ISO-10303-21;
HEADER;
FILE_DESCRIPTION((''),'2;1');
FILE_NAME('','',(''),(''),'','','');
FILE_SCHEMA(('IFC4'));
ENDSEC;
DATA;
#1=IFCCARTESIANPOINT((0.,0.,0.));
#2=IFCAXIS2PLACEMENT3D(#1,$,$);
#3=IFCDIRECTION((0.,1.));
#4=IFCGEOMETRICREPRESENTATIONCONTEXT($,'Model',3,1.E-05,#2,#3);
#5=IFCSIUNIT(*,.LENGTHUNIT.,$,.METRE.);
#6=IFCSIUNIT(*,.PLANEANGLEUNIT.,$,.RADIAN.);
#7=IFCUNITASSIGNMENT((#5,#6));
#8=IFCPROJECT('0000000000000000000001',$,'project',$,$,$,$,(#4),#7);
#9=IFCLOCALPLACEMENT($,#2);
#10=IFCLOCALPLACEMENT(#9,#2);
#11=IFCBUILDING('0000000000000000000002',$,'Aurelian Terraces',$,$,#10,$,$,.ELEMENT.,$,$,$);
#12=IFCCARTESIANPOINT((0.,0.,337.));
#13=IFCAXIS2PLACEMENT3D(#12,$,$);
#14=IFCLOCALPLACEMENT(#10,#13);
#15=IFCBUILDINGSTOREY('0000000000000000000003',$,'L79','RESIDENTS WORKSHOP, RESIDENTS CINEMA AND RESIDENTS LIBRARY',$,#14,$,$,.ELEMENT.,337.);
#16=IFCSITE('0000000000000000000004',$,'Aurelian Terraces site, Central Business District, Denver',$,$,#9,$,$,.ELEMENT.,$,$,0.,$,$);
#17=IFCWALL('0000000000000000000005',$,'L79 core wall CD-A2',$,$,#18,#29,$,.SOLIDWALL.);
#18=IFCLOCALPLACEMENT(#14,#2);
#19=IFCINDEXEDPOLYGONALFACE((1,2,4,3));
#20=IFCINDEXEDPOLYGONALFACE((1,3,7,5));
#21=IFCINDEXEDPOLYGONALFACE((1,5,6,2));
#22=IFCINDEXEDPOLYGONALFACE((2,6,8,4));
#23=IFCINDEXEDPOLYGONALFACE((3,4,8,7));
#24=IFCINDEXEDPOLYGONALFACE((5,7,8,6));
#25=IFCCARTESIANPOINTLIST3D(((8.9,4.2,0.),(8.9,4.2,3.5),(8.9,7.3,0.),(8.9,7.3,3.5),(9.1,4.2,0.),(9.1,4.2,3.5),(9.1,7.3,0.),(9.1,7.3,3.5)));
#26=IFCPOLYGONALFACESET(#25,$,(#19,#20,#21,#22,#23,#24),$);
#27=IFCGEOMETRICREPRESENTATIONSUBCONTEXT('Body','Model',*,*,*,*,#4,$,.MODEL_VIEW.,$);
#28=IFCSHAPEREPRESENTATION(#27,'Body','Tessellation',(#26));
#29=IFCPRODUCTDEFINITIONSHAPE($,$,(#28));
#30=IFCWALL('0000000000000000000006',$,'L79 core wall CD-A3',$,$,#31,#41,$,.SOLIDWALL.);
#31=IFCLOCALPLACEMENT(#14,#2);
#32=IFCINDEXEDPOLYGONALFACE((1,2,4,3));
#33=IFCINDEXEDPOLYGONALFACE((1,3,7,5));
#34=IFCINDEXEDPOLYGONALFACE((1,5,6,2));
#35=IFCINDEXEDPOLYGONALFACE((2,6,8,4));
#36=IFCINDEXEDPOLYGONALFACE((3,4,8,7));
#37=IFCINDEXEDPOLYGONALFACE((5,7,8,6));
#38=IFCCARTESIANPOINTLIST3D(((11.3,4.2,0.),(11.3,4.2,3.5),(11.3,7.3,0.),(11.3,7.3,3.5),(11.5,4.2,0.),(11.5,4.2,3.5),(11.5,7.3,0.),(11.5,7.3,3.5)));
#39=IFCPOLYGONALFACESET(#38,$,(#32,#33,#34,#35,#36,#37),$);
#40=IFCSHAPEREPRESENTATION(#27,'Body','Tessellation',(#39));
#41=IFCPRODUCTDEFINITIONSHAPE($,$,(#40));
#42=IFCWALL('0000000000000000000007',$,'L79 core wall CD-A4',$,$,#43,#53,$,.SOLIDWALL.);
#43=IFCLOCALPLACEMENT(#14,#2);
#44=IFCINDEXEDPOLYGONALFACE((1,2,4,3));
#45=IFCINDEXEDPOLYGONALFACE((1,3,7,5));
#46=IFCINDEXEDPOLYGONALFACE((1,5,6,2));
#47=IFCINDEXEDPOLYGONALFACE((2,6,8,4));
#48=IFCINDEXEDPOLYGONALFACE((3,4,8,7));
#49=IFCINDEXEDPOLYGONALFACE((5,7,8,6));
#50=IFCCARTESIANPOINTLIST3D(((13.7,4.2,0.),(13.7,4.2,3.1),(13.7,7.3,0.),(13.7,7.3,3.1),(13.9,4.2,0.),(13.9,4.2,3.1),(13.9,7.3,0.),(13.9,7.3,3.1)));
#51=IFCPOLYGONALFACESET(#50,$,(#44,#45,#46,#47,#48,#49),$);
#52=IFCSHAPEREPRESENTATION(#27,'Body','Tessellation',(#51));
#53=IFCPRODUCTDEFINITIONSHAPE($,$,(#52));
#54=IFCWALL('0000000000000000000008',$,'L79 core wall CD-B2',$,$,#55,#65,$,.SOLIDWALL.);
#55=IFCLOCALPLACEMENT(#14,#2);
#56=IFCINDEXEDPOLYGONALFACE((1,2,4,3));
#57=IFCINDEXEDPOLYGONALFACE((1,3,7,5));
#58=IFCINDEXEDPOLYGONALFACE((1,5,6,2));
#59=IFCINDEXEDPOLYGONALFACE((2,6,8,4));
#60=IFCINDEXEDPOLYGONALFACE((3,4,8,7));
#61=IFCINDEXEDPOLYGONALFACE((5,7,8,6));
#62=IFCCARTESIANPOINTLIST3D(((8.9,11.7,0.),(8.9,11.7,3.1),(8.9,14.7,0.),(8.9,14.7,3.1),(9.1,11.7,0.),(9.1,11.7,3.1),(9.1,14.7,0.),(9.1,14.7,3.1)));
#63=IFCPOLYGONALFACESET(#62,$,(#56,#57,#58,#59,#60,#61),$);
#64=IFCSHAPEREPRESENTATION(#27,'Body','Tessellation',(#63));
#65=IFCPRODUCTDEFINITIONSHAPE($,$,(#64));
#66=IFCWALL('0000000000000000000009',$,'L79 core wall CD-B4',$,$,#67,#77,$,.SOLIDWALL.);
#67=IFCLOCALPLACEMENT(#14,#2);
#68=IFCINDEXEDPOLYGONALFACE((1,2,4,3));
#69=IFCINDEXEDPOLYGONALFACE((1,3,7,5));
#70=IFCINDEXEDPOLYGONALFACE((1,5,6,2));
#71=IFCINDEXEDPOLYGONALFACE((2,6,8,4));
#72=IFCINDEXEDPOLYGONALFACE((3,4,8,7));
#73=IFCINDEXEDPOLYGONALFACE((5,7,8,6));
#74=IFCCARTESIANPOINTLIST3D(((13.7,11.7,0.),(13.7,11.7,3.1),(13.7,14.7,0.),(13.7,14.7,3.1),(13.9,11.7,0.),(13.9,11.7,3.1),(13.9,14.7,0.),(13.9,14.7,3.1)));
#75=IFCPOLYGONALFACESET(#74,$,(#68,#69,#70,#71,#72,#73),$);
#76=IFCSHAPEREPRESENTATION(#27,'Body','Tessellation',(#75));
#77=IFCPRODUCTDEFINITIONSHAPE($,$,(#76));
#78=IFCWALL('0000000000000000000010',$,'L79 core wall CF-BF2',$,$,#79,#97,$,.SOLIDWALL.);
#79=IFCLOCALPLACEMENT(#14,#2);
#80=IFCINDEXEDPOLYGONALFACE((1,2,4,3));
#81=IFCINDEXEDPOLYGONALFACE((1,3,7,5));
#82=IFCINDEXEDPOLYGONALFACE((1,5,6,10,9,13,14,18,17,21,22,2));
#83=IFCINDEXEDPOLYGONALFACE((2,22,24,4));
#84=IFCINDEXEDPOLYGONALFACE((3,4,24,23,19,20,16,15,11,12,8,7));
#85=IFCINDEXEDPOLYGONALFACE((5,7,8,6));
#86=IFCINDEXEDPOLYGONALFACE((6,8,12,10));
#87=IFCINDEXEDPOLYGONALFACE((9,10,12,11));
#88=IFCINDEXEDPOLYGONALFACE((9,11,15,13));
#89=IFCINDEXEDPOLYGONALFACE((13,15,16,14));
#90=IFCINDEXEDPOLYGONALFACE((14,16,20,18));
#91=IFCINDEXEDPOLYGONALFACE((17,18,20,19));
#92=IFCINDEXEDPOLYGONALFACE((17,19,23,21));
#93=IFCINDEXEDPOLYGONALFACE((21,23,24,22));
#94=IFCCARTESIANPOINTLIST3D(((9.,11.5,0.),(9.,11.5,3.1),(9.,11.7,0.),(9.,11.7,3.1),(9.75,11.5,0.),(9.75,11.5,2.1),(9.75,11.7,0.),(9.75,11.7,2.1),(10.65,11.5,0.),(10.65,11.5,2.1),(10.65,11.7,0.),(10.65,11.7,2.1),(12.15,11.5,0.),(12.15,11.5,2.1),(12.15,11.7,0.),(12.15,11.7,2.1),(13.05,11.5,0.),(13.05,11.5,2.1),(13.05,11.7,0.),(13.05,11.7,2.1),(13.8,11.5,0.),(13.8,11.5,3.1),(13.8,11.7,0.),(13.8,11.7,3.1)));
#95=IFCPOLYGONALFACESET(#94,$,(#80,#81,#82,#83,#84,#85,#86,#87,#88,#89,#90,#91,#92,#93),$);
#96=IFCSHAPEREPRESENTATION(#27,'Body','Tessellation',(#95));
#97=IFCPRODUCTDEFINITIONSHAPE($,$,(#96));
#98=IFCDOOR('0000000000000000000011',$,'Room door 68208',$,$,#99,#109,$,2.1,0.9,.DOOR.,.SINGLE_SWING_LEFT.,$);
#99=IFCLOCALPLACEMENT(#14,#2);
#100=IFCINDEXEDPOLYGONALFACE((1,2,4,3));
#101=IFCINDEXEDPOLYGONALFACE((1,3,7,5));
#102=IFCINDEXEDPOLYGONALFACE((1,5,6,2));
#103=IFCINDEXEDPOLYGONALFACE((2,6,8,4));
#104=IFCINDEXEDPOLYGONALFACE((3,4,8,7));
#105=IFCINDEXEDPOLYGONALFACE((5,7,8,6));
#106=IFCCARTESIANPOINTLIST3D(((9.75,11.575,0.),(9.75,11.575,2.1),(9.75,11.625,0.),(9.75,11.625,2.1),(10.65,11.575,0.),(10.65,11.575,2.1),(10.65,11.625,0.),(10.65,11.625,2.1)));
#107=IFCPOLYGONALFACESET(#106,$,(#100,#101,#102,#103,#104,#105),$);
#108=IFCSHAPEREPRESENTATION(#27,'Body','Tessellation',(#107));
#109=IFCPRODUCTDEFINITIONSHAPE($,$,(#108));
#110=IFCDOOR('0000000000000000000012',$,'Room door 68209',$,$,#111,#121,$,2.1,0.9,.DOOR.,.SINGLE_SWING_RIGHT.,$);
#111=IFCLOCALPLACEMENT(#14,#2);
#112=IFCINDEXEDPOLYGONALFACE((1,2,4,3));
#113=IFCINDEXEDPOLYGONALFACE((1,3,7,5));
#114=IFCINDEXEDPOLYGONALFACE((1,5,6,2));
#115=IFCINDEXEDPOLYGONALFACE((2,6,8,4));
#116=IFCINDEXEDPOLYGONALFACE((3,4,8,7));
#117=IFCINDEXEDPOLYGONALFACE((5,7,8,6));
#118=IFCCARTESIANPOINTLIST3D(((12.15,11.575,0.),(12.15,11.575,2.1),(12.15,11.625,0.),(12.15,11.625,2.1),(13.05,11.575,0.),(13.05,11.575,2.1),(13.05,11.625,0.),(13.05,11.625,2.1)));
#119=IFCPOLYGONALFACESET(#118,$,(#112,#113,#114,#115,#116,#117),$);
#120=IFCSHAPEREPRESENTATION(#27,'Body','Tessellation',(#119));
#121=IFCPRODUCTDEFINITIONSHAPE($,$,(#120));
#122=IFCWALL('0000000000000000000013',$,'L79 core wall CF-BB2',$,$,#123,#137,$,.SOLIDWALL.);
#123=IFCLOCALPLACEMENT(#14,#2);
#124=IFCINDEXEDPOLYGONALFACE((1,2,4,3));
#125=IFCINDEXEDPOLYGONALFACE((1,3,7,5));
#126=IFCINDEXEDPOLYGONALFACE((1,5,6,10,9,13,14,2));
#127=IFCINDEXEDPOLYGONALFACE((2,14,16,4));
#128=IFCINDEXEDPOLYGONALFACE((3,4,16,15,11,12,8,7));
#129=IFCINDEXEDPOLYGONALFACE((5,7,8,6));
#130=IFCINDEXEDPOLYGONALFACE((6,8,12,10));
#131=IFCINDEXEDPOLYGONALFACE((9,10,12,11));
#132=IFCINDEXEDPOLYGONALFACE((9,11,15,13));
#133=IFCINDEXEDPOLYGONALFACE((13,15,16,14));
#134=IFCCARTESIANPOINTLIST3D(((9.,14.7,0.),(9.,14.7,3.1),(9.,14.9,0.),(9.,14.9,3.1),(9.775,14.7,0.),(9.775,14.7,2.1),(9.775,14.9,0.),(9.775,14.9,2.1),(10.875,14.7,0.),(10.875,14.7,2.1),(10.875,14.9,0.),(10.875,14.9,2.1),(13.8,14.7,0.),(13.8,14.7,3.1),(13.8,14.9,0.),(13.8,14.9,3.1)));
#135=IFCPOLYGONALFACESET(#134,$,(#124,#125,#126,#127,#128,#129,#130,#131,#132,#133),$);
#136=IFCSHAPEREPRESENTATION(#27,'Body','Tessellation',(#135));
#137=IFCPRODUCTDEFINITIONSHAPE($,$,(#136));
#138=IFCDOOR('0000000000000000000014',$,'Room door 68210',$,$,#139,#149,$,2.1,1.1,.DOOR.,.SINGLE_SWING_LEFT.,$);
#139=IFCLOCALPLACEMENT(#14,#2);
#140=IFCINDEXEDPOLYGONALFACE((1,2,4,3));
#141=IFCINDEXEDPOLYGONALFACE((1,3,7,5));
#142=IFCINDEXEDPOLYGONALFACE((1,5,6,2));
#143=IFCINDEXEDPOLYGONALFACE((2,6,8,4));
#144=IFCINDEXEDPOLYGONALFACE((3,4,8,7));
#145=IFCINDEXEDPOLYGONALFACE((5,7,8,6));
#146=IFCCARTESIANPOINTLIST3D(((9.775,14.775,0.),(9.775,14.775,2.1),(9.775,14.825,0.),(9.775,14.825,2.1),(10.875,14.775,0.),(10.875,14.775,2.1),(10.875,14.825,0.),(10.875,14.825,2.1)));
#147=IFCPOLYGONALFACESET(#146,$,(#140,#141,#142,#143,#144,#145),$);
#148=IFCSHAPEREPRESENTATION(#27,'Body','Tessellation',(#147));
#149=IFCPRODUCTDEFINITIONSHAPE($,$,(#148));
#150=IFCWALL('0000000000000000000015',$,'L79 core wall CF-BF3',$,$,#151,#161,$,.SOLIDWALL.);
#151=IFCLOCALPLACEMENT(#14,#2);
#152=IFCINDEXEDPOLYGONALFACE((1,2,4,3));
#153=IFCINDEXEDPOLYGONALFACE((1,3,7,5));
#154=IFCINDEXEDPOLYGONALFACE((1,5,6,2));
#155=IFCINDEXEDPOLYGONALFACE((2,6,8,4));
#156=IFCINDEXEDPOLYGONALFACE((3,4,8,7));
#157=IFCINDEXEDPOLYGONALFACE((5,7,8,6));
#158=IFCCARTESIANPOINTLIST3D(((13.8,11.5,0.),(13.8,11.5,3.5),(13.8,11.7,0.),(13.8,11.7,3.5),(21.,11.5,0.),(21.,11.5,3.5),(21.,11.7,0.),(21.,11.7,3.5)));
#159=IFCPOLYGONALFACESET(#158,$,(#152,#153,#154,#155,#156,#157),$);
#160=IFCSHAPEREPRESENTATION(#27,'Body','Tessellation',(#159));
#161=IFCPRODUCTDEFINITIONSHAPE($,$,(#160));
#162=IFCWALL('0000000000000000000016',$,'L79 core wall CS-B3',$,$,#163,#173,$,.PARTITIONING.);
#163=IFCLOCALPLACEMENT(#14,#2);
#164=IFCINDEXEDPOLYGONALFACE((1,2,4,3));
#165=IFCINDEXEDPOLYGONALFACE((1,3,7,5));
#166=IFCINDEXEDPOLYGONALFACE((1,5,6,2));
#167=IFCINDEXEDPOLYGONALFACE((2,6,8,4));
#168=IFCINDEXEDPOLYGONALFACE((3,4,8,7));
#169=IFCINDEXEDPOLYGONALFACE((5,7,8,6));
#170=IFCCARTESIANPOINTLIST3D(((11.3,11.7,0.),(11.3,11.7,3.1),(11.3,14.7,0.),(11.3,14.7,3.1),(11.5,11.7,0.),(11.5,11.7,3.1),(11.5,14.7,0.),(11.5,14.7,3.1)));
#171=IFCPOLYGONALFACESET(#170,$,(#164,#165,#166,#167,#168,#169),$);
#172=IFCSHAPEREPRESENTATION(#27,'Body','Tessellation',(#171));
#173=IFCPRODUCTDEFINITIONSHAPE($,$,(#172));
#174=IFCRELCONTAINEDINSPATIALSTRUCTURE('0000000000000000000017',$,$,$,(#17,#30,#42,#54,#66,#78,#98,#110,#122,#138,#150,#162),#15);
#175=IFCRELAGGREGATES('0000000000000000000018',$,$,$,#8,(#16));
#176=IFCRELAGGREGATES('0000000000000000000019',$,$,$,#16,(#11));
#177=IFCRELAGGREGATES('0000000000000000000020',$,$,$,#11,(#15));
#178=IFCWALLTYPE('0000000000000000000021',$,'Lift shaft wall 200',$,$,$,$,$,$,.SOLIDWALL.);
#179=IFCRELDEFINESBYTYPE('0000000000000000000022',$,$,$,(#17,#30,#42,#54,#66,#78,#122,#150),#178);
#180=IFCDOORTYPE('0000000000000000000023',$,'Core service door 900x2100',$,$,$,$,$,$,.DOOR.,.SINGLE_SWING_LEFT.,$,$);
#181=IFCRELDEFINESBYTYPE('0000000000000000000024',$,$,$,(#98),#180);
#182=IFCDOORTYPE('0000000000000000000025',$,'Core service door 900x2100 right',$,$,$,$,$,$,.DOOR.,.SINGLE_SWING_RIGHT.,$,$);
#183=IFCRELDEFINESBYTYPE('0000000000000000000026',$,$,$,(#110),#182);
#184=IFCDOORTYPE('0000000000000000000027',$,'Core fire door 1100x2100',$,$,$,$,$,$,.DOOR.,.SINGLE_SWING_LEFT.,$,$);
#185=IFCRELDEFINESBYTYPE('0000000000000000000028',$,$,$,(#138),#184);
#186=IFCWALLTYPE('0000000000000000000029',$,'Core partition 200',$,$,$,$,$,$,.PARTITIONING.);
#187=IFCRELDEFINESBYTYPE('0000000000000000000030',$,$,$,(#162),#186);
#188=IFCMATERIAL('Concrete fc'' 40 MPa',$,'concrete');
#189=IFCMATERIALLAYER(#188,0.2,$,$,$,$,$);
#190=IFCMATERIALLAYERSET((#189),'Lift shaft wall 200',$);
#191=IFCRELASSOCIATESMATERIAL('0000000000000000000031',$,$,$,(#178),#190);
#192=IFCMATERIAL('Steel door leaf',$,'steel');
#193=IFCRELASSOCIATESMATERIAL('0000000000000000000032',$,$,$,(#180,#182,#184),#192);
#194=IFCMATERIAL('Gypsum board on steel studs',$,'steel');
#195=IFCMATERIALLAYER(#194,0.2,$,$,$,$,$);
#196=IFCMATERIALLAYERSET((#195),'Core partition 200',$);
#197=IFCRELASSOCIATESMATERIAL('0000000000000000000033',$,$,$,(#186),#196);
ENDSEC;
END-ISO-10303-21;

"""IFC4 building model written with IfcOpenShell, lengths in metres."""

from ifc_helpers import new_model, si_unit, direction, frame, frame_2d, origin, place, context, subcontext, project, spatial, rectangle, extrude, source, transform, mapped, material, layer, layer_set, type_object, element, fill, save


model = new_model("IFC4")

# Units and contexts
model_context = context("Model", 3, precision=1e-05, world=origin(), true_north=direction((0.0, 1.0)))
body_context = subcontext(model_context, "Body", "Model", "MODEL_VIEW")
ifc_project = project(units=[si_unit("LENGTHUNIT", "METRE"), si_unit("PLANEANGLEUNIT", "RADIAN")], contexts=[model_context])

# Site, building, storey
site_placement = place(None, origin())
site = spatial("IfcSite", under=ifc_project, at=site_placement, Name="Aurelian Terraces site, Central Business District, Denver", CompositionType="ELEMENT", RefElevation=0.0)
building_placement = place(site_placement, origin())
building = spatial("IfcBuilding", under=site, at=building_placement, Name="Aurelian Terraces", CompositionType="ELEMENT")
storey_placement = place(building_placement, frame((0.0, 0.0, 337.0)))
storey = spatial("IfcBuildingStorey", under=building, at=storey_placement, Name="L79", Description="RESIDENTS WORKSHOP, RESIDENTS CINEMA AND RESIDENTS LIBRARY", CompositionType="ELEMENT", Elevation=337.0)

# Walls
ifc_material_1 = material(Name="Concrete fc' 40 MPa", Category="concrete")
ifc_layer_1 = layer(ifc_material_1, 0.2)
ifc_layer_set_1 = layer_set([ifc_layer_1], Name="Lift shaft wall 200")
wall_type_1 = type_object("IfcWallType", Name="Lift shaft wall 200", PredefinedType="SOLIDWALL", material=ifc_layer_set_1)
shared_shape_1 = source(origin(), body_context, "Body", "SweptSolid", [
    extrude(rectangle(XDim=3.1, YDim=0.2, at=frame_2d((1.55, 0.0))), origin(), (0.0, 0.0, 1.0), 3.5),
])
for number, where, z_axis, x_axis, name in (
    (1, (9.0, 4.2, 0.0), (0.0, 0.0, 1.0), (0.0, 1.0, 0.0), "L79 core wall CD-A2"),
    (2, (11.4, 4.2, 0.0), (0.0, 0.0, 1.0), (0.0, 1.0, 0.0), "L79 core wall CD-A3"),
):
    element("IfcWall", number, at=place(storey_placement, frame(where, z_axis=z_axis, x_axis=x_axis)), inside=storey, type_object=wall_type_1, Name=name, PredefinedType="SOLIDWALL", context=body_context, shape_type="MappedRepresentation", body=[
        mapped(shared_shape_1, transform((0.0, 0.0, 0.0), scale=1.0)),
    ])
shared_shape_2 = source(origin(), body_context, "Body", "SweptSolid", [
    extrude(rectangle(XDim=3.1, YDim=0.2, at=frame_2d((1.55, 0.0))), origin(), (0.0, 0.0, 1.0), 3.1),
])
wall_1_placement = place(storey_placement, frame((13.8, 4.2, 0.0), z_axis=(0.0, 0.0, 1.0), x_axis=(0.0, 1.0, 0.0)))
element("IfcWall", 3, at=wall_1_placement, inside=storey, type_object=wall_type_1, Name="L79 core wall CD-A4", PredefinedType="SOLIDWALL", context=body_context, shape_type="MappedRepresentation", body=[
    mapped(shared_shape_2, transform((0.0, 0.0, 0.0), scale=1.0)),
])
shared_shape_3 = source(origin(), body_context, "Body", "SweptSolid", [
    extrude(rectangle(XDim=3.0, YDim=0.2, at=frame_2d((1.5, 0.0))), origin(), (0.0, 0.0, 1.0), 3.1),
])
for number, where, z_axis, x_axis, name in (
    (4, (9.0, 11.7, 0.0), (0.0, 0.0, 1.0), (0.0, 1.0, 0.0), "L79 core wall CD-B2"),
    (5, (13.8, 11.7, 0.0), (0.0, 0.0, 1.0), (0.0, 1.0, 0.0), "L79 core wall CD-B4"),
):
    element("IfcWall", number, at=place(storey_placement, frame(where, z_axis=z_axis, x_axis=x_axis)), inside=storey, type_object=wall_type_1, Name=name, PredefinedType="SOLIDWALL", context=body_context, shape_type="MappedRepresentation", body=[
        mapped(shared_shape_3, transform((0.0, 0.0, 0.0), scale=1.0)),
    ])

# Wall, openings, doors
shared_shape_4 = source(origin(), body_context, "Body", "SweptSolid", [
    extrude(rectangle(XDim=4.8, YDim=0.2, at=frame_2d((2.4, 0.0))), origin(), (0.0, 0.0, 1.0), 3.1),
])
wall_2_placement = place(storey_placement, frame((9.0, 11.6, 0.0), z_axis=(0.0, 0.0, 1.0), x_axis=(1.0, 0.0, 0.0)))
wall_2 = element("IfcWall", 6, at=wall_2_placement, inside=storey, type_object=wall_type_1, Name="L79 core wall CF-BF2", PredefinedType="SOLIDWALL", context=body_context, shape_type="MappedRepresentation", body=[
    mapped(shared_shape_4, transform((0.0, 0.0, 0.0), scale=1.0)),
])
shared_shape_5 = source(origin(), body_context, "Body", "SweptSolid", [
    extrude(rectangle(XDim=0.9, YDim=2.1, at=frame_2d((0.45, 1.05))), frame((0.0, 0.11, 0.0), z_axis=(0.0, -1.0, 0.0), x_axis=(1.0, 0.0, 0.0)), (0.0, 0.0, 1.0), 0.22),
])
opening_1_placement = place(wall_2_placement, frame((0.75, 0.0, 0.0)))
opening_1 = element("IfcOpeningElement", 7, at=opening_1_placement, cuts=wall_2, PredefinedType="OPENING", context=body_context, shape_type="MappedRepresentation", body=[
    mapped(shared_shape_5, transform((0.0, 0.0, 0.0), scale=1.0)),
])
opening_2_placement = place(wall_2_placement, frame((3.15, 0.0, 0.0)))
opening_2 = element("IfcOpeningElement", 8, at=opening_2_placement, cuts=wall_2, PredefinedType="OPENING", context=body_context, shape_type="MappedRepresentation", body=[
    mapped(shared_shape_5, transform((0.0, 0.0, 0.0), scale=1.0)),
])
ifc_material_2 = material(Name="Steel door leaf", Category="steel")
door_type_1 = type_object("IfcDoorType", Name="Core service door 900x2100", OperationType="SINGLE_SWING_LEFT", PredefinedType="DOOR", material=ifc_material_2)
shared_shape_6 = source(origin(), body_context, "Body", "SweptSolid", [
    extrude(rectangle(XDim=0.9, YDim=2.1, at=frame_2d((0.45, 1.05))), frame((0.0, 0.025, 0.0), z_axis=(0.0, -1.0, 0.0), x_axis=(1.0, 0.0, 0.0)), (0.0, 0.0, 1.0), 0.05),
])
door_1_placement = place(opening_1_placement, origin())
door_1 = element("IfcDoor", 9, at=door_1_placement, inside=storey, type_object=door_type_1, Name="Room door 68208", OperationType="SINGLE_SWING_LEFT", OverallHeight=2.1, OverallWidth=0.9, PredefinedType="DOOR", context=body_context, shape_type="MappedRepresentation", body=[
    mapped(shared_shape_6, transform((0.0, 0.0, 0.0), scale=1.0)),
])
fill(opening_1, door_1)
door_type_2 = type_object("IfcDoorType", Name="Core service door 900x2100 right", OperationType="SINGLE_SWING_RIGHT", PredefinedType="DOOR", material=ifc_material_2)
door_2_placement = place(opening_2_placement, origin())
door_2 = element("IfcDoor", 10, at=door_2_placement, inside=storey, type_object=door_type_2, Name="Room door 68209", OperationType="SINGLE_SWING_RIGHT", OverallHeight=2.1, OverallWidth=0.9, PredefinedType="DOOR", context=body_context, shape_type="MappedRepresentation", body=[
    mapped(shared_shape_6, transform((0.0, 0.0, 0.0), scale=1.0)),
])
fill(opening_2, door_2)

# Wall, opening, door
wall_3_placement = place(storey_placement, frame((9.0, 14.8, 0.0), z_axis=(0.0, 0.0, 1.0), x_axis=(1.0, 0.0, 0.0)))
wall_3 = element("IfcWall", 11, at=wall_3_placement, inside=storey, type_object=wall_type_1, Name="L79 core wall CF-BB2", PredefinedType="SOLIDWALL", context=body_context, shape_type="MappedRepresentation", body=[
    mapped(shared_shape_4, transform((0.0, 0.0, 0.0), scale=1.0)),
])
shared_shape_7 = source(origin(), body_context, "Body", "SweptSolid", [
    extrude(rectangle(XDim=1.1, YDim=2.1, at=frame_2d((0.55, 1.05))), frame((0.0, 0.11, 0.0), z_axis=(0.0, -1.0, 0.0), x_axis=(1.0, 0.0, 0.0)), (0.0, 0.0, 1.0), 0.22),
])
opening_3_placement = place(wall_3_placement, frame((0.775, 0.0, 0.0)))
opening_3 = element("IfcOpeningElement", 12, at=opening_3_placement, cuts=wall_3, PredefinedType="OPENING", context=body_context, shape_type="MappedRepresentation", body=[
    mapped(shared_shape_7, transform((0.0, 0.0, 0.0), scale=1.0)),
])
door_type_3 = type_object("IfcDoorType", Name="Core fire door 1100x2100", OperationType="SINGLE_SWING_LEFT", PredefinedType="DOOR", material=ifc_material_2)
shared_shape_8 = source(origin(), body_context, "Body", "SweptSolid", [
    extrude(rectangle(XDim=1.1, YDim=2.1, at=frame_2d((0.55, 1.05))), frame((0.0, 0.025, 0.0), z_axis=(0.0, -1.0, 0.0), x_axis=(1.0, 0.0, 0.0)), (0.0, 0.0, 1.0), 0.05),
])
door_3_placement = place(opening_3_placement, origin())
door_3 = element("IfcDoor", 13, at=door_3_placement, inside=storey, type_object=door_type_3, Name="Room door 68210", OperationType="SINGLE_SWING_LEFT", OverallHeight=2.1, OverallWidth=1.1, PredefinedType="DOOR", context=body_context, shape_type="MappedRepresentation", body=[
    mapped(shared_shape_8, transform((0.0, 0.0, 0.0), scale=1.0)),
])
fill(opening_3, door_3)

# Walls
shared_shape_9 = source(origin(), body_context, "Body", "SweptSolid", [
    extrude(rectangle(XDim=7.2, YDim=0.2, at=frame_2d((3.6, 0.0))), origin(), (0.0, 0.0, 1.0), 3.5),
])
wall_4_placement = place(storey_placement, frame((13.8, 11.6, 0.0), z_axis=(0.0, 0.0, 1.0), x_axis=(1.0, 0.0, 0.0)))
element("IfcWall", 14, at=wall_4_placement, inside=storey, type_object=wall_type_1, Name="L79 core wall CF-BF3", PredefinedType="SOLIDWALL", context=body_context, shape_type="MappedRepresentation", body=[
    mapped(shared_shape_9, transform((0.0, 0.0, 0.0), scale=1.0)),
])
ifc_material_3 = material(Name="Gypsum board on steel studs", Category="steel")
ifc_layer_2 = layer(ifc_material_3, 0.2)
ifc_layer_set_2 = layer_set([ifc_layer_2], Name="Core partition 200")
wall_type_2 = type_object("IfcWallType", Name="Core partition 200", PredefinedType="PARTITIONING", material=ifc_layer_set_2)
shared_shape_10 = source(origin(), body_context, "Body", "SweptSolid", [
    extrude(rectangle(XDim=3.0, YDim=0.2, at=frame_2d((1.5, 0.0))), origin(), (0.0, 0.0, 1.0), 3.1),
])
wall_5_placement = place(storey_placement, frame((11.4, 11.7, 0.0), z_axis=(0.0, 0.0, 1.0), x_axis=(0.0, 1.0, 0.0)))
element("IfcWall", 15, at=wall_5_placement, inside=storey, type_object=wall_type_2, Name="L79 core wall CS-B3", PredefinedType="PARTITIONING", context=body_context, shape_type="MappedRepresentation", body=[
    mapped(shared_shape_10, transform((0.0, 0.0, 0.0), scale=1.0)),
])

save(model, "model.ifc")
